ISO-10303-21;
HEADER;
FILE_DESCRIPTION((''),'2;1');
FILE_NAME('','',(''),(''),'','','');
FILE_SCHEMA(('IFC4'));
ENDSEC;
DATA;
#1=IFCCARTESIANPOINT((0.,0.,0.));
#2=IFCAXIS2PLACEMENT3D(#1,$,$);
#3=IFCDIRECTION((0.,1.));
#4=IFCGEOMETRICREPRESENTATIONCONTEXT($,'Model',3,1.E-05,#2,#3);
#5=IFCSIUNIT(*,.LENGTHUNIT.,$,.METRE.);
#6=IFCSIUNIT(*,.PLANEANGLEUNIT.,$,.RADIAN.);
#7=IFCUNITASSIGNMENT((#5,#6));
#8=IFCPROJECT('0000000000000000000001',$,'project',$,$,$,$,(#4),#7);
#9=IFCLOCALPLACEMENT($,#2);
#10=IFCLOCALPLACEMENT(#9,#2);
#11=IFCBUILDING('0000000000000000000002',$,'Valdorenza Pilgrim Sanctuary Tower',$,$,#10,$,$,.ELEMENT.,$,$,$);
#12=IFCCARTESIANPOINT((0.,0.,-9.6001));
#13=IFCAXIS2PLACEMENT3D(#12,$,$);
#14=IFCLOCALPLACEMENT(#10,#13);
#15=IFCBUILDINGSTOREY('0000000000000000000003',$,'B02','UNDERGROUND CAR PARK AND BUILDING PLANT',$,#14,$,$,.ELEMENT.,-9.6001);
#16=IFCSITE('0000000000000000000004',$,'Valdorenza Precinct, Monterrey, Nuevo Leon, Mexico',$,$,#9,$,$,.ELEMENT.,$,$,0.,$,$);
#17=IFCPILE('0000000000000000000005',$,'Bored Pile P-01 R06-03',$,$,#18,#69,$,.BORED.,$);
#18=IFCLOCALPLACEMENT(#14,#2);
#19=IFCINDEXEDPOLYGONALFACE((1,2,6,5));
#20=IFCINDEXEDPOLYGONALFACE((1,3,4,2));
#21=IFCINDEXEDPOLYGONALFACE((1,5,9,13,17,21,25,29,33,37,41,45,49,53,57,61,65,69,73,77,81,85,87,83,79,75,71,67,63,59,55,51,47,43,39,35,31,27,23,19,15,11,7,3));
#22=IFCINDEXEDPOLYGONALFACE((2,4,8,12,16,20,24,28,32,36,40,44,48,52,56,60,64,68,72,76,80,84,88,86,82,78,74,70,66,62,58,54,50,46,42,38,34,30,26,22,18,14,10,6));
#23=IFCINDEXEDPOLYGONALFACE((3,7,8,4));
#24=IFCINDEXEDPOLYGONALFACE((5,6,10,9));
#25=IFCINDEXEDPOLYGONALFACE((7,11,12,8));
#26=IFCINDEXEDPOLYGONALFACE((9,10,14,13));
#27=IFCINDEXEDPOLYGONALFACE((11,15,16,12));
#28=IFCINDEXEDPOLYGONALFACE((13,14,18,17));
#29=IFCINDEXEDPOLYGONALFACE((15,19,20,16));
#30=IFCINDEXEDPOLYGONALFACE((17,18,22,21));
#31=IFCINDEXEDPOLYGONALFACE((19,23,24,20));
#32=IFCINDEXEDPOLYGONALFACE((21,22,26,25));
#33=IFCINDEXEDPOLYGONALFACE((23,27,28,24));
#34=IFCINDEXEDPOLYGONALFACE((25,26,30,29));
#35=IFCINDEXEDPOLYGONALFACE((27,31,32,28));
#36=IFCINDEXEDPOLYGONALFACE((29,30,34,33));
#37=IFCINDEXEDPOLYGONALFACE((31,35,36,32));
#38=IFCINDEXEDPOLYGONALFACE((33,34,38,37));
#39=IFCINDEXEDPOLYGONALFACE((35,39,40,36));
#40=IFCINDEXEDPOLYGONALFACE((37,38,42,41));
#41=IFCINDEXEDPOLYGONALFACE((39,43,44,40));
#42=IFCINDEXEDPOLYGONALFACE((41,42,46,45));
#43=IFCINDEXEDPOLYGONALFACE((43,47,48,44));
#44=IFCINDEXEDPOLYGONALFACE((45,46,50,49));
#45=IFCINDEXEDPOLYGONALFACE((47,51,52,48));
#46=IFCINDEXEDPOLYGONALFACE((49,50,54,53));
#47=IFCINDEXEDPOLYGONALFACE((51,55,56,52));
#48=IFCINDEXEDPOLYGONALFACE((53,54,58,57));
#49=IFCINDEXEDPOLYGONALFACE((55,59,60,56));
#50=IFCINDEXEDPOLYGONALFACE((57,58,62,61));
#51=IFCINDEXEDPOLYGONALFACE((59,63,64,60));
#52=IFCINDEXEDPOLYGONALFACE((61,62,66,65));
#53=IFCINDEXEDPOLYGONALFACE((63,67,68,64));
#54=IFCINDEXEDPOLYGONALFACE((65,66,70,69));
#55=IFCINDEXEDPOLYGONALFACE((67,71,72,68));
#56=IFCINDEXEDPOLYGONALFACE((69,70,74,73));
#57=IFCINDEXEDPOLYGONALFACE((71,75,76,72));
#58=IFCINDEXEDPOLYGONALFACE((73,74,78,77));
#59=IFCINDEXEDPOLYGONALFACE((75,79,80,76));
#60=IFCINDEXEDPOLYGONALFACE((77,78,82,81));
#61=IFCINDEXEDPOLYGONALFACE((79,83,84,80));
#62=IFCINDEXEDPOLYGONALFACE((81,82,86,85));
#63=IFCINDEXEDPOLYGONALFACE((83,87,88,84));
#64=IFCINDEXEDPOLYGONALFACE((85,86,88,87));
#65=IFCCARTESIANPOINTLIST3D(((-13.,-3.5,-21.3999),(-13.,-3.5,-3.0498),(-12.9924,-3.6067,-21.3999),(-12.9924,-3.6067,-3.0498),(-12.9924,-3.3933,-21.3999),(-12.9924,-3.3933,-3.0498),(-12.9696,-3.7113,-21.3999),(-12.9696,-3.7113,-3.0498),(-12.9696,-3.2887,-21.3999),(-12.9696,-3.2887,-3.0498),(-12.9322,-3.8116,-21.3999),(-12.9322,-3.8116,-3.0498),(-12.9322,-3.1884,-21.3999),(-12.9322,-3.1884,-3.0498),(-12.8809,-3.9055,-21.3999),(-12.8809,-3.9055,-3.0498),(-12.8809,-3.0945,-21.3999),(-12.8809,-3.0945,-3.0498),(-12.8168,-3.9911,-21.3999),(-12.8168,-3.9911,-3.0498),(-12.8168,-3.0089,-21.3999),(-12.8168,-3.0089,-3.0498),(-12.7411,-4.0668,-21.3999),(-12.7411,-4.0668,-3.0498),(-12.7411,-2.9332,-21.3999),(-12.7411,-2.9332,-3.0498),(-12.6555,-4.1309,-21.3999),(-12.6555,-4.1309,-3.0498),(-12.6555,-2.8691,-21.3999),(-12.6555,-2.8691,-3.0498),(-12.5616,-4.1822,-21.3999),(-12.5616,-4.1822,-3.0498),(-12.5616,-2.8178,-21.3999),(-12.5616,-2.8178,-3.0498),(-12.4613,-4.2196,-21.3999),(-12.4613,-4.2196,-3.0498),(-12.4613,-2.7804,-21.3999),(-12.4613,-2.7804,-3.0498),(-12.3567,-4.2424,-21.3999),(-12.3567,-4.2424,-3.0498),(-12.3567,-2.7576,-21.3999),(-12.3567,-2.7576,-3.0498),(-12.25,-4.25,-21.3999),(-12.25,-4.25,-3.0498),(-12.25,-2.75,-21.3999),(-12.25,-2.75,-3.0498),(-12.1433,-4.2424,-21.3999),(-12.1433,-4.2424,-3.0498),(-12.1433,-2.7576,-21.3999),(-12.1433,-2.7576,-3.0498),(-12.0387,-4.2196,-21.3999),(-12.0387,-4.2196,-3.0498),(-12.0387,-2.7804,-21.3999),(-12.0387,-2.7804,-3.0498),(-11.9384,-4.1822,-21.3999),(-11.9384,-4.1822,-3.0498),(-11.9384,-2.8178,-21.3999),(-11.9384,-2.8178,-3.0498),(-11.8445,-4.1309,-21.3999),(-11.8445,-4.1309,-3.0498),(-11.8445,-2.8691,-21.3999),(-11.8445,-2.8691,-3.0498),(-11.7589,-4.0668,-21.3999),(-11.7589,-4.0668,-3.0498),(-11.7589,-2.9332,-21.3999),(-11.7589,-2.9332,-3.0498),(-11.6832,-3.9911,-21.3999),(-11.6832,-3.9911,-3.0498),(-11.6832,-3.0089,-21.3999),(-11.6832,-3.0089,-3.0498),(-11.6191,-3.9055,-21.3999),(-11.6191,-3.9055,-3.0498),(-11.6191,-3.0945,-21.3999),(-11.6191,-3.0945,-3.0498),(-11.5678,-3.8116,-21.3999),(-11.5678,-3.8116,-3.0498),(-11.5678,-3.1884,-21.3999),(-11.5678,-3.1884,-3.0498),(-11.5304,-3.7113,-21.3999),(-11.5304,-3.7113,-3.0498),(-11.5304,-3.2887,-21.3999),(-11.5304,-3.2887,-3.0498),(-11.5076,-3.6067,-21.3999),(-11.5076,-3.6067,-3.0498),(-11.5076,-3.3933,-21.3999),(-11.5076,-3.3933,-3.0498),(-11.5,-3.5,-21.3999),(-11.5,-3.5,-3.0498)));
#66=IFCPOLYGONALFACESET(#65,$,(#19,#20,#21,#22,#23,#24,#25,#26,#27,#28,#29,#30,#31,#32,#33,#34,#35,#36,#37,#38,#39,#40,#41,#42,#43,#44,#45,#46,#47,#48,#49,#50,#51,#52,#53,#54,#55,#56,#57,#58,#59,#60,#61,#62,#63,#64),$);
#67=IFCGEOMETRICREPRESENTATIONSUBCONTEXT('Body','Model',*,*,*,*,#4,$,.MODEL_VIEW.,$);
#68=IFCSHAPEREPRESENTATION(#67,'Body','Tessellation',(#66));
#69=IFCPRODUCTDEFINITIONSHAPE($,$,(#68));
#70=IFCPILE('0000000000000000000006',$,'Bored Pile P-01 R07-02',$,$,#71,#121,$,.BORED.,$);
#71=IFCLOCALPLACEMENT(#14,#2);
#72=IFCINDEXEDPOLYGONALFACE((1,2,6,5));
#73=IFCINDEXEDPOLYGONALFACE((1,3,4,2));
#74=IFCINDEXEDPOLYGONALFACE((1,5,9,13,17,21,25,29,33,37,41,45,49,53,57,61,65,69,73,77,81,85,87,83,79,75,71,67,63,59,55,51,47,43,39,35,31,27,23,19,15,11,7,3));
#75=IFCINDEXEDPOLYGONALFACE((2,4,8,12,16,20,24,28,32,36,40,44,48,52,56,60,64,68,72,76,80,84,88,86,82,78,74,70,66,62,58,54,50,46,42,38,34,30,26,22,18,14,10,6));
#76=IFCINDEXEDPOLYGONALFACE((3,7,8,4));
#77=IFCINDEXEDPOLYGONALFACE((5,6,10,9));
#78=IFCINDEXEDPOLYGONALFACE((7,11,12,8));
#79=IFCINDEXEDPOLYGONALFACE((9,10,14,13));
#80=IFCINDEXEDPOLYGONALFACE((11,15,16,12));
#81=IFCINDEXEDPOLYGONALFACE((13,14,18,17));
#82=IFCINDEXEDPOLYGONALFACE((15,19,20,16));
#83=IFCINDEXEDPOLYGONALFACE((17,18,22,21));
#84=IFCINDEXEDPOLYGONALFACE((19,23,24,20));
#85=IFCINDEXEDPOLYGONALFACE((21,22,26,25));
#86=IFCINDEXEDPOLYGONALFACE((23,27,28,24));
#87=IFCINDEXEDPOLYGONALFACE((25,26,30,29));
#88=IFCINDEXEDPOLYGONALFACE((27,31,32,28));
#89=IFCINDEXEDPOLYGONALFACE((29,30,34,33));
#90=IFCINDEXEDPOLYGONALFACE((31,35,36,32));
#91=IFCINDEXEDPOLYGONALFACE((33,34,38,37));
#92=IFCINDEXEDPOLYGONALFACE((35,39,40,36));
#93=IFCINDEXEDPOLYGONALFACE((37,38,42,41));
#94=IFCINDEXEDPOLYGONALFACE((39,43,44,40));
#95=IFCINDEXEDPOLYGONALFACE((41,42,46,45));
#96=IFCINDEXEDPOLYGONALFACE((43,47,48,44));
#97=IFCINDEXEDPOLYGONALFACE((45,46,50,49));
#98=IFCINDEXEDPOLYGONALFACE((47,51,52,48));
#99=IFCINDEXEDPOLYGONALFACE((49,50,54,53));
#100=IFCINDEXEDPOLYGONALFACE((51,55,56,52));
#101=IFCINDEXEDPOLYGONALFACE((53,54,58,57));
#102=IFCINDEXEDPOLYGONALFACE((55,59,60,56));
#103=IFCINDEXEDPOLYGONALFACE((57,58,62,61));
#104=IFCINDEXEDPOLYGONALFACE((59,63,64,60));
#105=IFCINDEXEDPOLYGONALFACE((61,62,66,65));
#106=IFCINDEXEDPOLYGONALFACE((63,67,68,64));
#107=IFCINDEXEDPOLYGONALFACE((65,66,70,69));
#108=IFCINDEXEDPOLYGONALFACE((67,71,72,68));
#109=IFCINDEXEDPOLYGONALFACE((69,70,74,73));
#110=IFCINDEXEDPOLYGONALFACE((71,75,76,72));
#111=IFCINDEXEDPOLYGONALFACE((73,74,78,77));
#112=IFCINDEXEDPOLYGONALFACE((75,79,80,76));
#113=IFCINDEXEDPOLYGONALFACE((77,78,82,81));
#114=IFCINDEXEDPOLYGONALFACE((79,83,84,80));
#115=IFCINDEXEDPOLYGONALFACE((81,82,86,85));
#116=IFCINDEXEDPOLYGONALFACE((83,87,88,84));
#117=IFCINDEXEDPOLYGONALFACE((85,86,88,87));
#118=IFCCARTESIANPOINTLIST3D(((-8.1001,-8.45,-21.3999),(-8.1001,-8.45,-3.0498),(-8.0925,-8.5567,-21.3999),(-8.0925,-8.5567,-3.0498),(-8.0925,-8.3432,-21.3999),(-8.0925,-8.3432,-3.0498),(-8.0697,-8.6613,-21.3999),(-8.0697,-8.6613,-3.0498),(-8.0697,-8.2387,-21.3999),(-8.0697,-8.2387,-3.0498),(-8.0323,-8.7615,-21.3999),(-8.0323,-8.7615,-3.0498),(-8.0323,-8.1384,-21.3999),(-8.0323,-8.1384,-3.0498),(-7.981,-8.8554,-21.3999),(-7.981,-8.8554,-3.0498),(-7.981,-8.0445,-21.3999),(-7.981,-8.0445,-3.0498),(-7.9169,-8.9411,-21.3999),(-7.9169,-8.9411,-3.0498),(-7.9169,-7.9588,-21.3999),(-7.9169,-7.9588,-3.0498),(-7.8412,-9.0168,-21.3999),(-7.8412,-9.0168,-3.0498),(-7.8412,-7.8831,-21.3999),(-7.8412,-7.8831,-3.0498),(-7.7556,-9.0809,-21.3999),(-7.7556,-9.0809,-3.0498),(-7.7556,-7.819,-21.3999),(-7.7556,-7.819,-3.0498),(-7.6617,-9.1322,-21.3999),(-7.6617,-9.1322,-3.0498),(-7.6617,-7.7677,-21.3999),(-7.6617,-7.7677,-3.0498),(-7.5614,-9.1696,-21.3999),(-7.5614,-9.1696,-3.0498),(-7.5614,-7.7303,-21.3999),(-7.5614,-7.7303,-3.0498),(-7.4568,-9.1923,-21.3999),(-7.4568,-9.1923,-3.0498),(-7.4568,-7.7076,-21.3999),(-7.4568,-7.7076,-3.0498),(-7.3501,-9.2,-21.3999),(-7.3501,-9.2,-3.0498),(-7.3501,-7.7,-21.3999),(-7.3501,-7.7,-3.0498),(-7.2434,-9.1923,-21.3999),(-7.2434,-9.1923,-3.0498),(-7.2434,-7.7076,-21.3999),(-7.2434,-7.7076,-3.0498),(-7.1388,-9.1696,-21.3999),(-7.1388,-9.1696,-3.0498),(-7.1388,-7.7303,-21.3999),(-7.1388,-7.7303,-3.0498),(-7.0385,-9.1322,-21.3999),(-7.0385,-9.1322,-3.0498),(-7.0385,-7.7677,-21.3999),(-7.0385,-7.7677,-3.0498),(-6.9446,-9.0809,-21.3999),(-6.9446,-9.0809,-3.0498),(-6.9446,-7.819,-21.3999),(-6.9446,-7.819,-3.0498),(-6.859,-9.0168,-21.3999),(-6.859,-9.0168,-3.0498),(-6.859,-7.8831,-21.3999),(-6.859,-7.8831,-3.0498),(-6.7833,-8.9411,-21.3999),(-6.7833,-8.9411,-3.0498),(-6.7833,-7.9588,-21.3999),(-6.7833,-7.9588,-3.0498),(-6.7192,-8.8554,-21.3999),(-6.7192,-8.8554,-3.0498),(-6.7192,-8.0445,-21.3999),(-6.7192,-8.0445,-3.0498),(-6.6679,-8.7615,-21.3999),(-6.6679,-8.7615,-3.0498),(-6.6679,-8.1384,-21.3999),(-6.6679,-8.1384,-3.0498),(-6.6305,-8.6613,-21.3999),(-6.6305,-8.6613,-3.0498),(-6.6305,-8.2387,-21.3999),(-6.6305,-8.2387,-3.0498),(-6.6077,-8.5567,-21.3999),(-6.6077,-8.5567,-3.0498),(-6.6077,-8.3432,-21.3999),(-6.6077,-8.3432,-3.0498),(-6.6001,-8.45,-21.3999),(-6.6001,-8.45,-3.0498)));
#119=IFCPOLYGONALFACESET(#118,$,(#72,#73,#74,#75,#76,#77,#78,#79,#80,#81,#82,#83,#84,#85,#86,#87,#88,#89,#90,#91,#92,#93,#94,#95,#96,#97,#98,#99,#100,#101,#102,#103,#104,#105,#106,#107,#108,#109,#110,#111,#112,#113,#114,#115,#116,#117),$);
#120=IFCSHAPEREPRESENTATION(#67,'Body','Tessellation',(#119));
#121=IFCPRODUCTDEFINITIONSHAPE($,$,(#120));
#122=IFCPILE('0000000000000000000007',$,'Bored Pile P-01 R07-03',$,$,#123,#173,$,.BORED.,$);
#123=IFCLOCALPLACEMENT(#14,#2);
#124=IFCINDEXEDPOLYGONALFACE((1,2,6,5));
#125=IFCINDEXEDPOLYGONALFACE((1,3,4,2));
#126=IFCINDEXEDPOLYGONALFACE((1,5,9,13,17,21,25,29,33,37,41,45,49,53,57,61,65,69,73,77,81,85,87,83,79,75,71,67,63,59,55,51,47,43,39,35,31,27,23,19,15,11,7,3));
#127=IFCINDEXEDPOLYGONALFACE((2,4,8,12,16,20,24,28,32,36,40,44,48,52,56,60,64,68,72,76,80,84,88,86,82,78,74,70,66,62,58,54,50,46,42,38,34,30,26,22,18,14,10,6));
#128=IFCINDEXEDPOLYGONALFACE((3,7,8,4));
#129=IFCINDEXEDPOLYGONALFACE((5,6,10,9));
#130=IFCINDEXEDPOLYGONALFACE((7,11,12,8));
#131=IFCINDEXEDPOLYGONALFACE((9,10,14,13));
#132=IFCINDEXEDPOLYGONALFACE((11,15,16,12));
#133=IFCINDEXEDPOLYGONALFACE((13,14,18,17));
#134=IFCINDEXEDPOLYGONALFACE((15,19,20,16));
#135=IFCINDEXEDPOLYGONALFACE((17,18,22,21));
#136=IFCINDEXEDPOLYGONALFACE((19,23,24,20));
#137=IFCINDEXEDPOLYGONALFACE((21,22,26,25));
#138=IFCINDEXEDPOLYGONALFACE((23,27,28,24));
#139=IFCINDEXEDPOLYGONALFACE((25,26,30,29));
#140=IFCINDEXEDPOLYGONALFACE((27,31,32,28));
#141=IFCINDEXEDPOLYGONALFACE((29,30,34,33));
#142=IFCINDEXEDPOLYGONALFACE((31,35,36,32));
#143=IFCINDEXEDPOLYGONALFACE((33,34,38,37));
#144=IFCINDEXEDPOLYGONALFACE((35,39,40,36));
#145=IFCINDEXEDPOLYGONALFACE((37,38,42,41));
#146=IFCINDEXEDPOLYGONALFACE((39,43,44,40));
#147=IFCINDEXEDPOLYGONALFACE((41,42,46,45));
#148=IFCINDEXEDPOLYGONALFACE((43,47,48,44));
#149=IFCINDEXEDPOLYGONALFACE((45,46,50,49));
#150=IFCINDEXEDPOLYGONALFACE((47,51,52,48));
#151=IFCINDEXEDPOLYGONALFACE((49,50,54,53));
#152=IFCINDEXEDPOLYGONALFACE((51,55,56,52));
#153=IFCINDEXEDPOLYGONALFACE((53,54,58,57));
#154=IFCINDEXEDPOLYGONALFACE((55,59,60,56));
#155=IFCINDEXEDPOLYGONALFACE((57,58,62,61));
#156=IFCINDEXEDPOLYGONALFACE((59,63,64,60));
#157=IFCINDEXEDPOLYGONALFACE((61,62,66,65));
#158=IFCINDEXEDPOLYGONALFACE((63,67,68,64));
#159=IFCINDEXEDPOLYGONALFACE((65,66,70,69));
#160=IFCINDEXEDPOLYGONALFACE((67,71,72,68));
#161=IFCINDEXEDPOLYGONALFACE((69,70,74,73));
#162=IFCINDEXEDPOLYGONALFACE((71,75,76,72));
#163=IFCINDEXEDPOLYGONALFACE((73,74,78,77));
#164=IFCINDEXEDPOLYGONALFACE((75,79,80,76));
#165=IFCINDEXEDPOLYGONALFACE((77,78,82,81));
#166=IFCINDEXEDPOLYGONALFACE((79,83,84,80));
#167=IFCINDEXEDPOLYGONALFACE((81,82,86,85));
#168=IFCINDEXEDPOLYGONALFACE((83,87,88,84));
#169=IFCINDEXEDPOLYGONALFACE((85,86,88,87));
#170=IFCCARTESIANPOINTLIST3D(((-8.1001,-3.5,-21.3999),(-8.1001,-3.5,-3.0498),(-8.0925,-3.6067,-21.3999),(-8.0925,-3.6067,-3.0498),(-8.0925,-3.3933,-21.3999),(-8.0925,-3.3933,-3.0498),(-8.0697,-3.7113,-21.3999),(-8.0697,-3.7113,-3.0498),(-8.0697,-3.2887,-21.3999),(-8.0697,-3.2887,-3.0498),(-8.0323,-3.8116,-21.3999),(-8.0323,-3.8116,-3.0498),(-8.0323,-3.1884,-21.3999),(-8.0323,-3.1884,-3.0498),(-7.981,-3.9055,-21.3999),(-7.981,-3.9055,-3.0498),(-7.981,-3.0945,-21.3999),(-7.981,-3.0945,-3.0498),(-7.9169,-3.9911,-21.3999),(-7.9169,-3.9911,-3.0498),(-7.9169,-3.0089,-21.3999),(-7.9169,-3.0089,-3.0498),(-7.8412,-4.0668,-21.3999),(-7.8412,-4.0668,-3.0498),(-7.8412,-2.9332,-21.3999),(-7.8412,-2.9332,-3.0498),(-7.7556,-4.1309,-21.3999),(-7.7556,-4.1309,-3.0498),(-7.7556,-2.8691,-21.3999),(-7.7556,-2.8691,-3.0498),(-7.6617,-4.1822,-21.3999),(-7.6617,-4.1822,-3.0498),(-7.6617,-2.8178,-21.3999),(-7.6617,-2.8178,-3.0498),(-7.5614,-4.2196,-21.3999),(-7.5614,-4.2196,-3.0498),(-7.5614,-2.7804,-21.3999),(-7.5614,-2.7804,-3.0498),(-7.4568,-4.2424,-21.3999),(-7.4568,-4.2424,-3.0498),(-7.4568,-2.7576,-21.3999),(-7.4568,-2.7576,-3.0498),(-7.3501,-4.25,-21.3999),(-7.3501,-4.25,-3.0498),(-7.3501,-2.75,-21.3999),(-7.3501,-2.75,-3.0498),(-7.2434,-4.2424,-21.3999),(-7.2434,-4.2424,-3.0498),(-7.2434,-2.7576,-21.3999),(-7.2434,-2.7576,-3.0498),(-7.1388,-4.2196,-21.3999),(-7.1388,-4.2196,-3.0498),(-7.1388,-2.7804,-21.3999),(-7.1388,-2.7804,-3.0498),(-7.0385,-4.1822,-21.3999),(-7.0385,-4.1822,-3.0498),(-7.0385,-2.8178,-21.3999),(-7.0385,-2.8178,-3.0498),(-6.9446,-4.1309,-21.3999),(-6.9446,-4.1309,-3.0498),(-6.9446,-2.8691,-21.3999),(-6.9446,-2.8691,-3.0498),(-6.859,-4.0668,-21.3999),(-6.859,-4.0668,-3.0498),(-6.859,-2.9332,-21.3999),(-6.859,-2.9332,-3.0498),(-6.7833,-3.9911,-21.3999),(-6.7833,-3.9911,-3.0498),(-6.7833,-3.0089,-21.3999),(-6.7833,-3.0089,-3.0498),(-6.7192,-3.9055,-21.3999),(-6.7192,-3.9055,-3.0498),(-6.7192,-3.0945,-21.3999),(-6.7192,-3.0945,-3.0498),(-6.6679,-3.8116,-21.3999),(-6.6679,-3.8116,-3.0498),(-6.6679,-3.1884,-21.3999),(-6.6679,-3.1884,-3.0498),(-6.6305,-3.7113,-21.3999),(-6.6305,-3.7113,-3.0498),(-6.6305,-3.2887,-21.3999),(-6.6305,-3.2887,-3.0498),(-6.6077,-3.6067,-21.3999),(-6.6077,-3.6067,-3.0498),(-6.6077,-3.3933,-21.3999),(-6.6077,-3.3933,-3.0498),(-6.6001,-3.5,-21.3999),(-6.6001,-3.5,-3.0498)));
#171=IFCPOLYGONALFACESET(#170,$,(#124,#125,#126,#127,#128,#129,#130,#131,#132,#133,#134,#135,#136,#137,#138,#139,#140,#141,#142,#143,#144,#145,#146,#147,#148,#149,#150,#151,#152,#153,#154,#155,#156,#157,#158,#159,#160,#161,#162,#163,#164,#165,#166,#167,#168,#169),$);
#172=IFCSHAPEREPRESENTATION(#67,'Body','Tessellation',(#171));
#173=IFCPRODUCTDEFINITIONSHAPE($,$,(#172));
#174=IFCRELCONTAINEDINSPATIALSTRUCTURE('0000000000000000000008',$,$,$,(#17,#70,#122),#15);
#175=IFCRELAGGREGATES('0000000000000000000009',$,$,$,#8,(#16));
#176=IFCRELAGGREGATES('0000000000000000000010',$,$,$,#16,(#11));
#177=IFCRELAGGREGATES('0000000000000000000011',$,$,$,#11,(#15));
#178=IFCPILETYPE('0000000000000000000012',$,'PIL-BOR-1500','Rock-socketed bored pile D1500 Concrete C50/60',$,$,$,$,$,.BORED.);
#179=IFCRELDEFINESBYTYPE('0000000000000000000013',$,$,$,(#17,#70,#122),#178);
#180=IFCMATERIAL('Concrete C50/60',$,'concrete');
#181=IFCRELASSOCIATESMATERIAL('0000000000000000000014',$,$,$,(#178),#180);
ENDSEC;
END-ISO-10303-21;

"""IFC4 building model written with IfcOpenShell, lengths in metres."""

from ifc_helpers import new_model, si_unit, direction, frame, origin, origin_2d, place, context, subcontext, project, spatial, circle, extrude, source, transform, mapped, material, material_profile, profile_set, type_object, element, save


model = new_model("IFC4")

# Units and contexts
model_context = context("Model", 3, precision=1e-05, world=origin(), true_north=direction((0.0, 1.0)))
body_context = subcontext(model_context, "Body", "Model", "MODEL_VIEW")
ifc_project = project(units=[si_unit("LENGTHUNIT", "METRE"), si_unit("PLANEANGLEUNIT", "RADIAN")], contexts=[model_context])

# Site, building, storey
site_placement = place(None, origin())
site = spatial("IfcSite", under=ifc_project, at=site_placement, Name="Valdorenza Precinct, Monterrey, Nuevo Leon, Mexico", CompositionType="ELEMENT", RefElevation=0.0)
building_placement = place(site_placement, origin())
building = spatial("IfcBuilding", under=site, at=building_placement, Name="Valdorenza Pilgrim Sanctuary Tower", CompositionType="ELEMENT")
storey_placement = place(building_placement, frame((0.0, 0.0, -9.6001)))
storey = spatial("IfcBuildingStorey", under=building, at=storey_placement, Name="B02", Description="UNDERGROUND CAR PARK AND BUILDING PLANT", CompositionType="ELEMENT", Elevation=-9.6001)

# Piles
ifc_material_1 = material(Name="Concrete C50/60", Category="concrete")
ifc_material_profile_1 = material_profile(ifc_material_1, circle(Radius=0.75, at=origin_2d()), Name="BORED PILE 1500")
ifc_profile_set_1 = profile_set([ifc_material_profile_1], Name="Concrete C50/60")
pile_type = type_object("IfcPileType", Name="PIL-BOR-1500", Description="Rock-socketed bored pile D1500 Concrete C50/60", PredefinedType="BORED", material=ifc_profile_set_1)
shared_shape_1 = source(origin(), body_context, "Body", "SweptSolid", [
    extrude(circle(Radius=0.75, at=origin_2d()), origin(), (0.0, 0.0, 1.0), 18.3501),
])
for number, where, z_axis, x_axis, name in (
    (1, (-12.25, -3.5, -3.0498), (0.0, 0.0, -1.0), (1.0, 0.0, 0.0), "Bored Pile P-01 R06-03"),
    (2, (-7.3501, -8.45, -3.0498), (0.0, 0.0, -1.0), (1.0, 0.0, 0.0), "Bored Pile P-01 R07-02"),
    (3, (-7.3501, -3.5, -3.0498), (0.0, 0.0, -1.0), (1.0, 0.0, 0.0), "Bored Pile P-01 R07-03"),
):
    element("IfcPile", number, at=place(storey_placement, frame(where, z_axis=z_axis, x_axis=x_axis)), inside=storey, type_object=pile_type, Name=name, PredefinedType="BORED", context=body_context, shape_type="MappedRepresentation", body=[
        mapped(shared_shape_1, transform((0.0, 0.0, 0.0), x_axis=(1.0, 0.0, 0.0), y_axis=(0.0, 1.0, 0.0), z_axis=(0.0, 0.0, 1.0), scale=1.0)),
    ])

save(model, "model.ifc")
